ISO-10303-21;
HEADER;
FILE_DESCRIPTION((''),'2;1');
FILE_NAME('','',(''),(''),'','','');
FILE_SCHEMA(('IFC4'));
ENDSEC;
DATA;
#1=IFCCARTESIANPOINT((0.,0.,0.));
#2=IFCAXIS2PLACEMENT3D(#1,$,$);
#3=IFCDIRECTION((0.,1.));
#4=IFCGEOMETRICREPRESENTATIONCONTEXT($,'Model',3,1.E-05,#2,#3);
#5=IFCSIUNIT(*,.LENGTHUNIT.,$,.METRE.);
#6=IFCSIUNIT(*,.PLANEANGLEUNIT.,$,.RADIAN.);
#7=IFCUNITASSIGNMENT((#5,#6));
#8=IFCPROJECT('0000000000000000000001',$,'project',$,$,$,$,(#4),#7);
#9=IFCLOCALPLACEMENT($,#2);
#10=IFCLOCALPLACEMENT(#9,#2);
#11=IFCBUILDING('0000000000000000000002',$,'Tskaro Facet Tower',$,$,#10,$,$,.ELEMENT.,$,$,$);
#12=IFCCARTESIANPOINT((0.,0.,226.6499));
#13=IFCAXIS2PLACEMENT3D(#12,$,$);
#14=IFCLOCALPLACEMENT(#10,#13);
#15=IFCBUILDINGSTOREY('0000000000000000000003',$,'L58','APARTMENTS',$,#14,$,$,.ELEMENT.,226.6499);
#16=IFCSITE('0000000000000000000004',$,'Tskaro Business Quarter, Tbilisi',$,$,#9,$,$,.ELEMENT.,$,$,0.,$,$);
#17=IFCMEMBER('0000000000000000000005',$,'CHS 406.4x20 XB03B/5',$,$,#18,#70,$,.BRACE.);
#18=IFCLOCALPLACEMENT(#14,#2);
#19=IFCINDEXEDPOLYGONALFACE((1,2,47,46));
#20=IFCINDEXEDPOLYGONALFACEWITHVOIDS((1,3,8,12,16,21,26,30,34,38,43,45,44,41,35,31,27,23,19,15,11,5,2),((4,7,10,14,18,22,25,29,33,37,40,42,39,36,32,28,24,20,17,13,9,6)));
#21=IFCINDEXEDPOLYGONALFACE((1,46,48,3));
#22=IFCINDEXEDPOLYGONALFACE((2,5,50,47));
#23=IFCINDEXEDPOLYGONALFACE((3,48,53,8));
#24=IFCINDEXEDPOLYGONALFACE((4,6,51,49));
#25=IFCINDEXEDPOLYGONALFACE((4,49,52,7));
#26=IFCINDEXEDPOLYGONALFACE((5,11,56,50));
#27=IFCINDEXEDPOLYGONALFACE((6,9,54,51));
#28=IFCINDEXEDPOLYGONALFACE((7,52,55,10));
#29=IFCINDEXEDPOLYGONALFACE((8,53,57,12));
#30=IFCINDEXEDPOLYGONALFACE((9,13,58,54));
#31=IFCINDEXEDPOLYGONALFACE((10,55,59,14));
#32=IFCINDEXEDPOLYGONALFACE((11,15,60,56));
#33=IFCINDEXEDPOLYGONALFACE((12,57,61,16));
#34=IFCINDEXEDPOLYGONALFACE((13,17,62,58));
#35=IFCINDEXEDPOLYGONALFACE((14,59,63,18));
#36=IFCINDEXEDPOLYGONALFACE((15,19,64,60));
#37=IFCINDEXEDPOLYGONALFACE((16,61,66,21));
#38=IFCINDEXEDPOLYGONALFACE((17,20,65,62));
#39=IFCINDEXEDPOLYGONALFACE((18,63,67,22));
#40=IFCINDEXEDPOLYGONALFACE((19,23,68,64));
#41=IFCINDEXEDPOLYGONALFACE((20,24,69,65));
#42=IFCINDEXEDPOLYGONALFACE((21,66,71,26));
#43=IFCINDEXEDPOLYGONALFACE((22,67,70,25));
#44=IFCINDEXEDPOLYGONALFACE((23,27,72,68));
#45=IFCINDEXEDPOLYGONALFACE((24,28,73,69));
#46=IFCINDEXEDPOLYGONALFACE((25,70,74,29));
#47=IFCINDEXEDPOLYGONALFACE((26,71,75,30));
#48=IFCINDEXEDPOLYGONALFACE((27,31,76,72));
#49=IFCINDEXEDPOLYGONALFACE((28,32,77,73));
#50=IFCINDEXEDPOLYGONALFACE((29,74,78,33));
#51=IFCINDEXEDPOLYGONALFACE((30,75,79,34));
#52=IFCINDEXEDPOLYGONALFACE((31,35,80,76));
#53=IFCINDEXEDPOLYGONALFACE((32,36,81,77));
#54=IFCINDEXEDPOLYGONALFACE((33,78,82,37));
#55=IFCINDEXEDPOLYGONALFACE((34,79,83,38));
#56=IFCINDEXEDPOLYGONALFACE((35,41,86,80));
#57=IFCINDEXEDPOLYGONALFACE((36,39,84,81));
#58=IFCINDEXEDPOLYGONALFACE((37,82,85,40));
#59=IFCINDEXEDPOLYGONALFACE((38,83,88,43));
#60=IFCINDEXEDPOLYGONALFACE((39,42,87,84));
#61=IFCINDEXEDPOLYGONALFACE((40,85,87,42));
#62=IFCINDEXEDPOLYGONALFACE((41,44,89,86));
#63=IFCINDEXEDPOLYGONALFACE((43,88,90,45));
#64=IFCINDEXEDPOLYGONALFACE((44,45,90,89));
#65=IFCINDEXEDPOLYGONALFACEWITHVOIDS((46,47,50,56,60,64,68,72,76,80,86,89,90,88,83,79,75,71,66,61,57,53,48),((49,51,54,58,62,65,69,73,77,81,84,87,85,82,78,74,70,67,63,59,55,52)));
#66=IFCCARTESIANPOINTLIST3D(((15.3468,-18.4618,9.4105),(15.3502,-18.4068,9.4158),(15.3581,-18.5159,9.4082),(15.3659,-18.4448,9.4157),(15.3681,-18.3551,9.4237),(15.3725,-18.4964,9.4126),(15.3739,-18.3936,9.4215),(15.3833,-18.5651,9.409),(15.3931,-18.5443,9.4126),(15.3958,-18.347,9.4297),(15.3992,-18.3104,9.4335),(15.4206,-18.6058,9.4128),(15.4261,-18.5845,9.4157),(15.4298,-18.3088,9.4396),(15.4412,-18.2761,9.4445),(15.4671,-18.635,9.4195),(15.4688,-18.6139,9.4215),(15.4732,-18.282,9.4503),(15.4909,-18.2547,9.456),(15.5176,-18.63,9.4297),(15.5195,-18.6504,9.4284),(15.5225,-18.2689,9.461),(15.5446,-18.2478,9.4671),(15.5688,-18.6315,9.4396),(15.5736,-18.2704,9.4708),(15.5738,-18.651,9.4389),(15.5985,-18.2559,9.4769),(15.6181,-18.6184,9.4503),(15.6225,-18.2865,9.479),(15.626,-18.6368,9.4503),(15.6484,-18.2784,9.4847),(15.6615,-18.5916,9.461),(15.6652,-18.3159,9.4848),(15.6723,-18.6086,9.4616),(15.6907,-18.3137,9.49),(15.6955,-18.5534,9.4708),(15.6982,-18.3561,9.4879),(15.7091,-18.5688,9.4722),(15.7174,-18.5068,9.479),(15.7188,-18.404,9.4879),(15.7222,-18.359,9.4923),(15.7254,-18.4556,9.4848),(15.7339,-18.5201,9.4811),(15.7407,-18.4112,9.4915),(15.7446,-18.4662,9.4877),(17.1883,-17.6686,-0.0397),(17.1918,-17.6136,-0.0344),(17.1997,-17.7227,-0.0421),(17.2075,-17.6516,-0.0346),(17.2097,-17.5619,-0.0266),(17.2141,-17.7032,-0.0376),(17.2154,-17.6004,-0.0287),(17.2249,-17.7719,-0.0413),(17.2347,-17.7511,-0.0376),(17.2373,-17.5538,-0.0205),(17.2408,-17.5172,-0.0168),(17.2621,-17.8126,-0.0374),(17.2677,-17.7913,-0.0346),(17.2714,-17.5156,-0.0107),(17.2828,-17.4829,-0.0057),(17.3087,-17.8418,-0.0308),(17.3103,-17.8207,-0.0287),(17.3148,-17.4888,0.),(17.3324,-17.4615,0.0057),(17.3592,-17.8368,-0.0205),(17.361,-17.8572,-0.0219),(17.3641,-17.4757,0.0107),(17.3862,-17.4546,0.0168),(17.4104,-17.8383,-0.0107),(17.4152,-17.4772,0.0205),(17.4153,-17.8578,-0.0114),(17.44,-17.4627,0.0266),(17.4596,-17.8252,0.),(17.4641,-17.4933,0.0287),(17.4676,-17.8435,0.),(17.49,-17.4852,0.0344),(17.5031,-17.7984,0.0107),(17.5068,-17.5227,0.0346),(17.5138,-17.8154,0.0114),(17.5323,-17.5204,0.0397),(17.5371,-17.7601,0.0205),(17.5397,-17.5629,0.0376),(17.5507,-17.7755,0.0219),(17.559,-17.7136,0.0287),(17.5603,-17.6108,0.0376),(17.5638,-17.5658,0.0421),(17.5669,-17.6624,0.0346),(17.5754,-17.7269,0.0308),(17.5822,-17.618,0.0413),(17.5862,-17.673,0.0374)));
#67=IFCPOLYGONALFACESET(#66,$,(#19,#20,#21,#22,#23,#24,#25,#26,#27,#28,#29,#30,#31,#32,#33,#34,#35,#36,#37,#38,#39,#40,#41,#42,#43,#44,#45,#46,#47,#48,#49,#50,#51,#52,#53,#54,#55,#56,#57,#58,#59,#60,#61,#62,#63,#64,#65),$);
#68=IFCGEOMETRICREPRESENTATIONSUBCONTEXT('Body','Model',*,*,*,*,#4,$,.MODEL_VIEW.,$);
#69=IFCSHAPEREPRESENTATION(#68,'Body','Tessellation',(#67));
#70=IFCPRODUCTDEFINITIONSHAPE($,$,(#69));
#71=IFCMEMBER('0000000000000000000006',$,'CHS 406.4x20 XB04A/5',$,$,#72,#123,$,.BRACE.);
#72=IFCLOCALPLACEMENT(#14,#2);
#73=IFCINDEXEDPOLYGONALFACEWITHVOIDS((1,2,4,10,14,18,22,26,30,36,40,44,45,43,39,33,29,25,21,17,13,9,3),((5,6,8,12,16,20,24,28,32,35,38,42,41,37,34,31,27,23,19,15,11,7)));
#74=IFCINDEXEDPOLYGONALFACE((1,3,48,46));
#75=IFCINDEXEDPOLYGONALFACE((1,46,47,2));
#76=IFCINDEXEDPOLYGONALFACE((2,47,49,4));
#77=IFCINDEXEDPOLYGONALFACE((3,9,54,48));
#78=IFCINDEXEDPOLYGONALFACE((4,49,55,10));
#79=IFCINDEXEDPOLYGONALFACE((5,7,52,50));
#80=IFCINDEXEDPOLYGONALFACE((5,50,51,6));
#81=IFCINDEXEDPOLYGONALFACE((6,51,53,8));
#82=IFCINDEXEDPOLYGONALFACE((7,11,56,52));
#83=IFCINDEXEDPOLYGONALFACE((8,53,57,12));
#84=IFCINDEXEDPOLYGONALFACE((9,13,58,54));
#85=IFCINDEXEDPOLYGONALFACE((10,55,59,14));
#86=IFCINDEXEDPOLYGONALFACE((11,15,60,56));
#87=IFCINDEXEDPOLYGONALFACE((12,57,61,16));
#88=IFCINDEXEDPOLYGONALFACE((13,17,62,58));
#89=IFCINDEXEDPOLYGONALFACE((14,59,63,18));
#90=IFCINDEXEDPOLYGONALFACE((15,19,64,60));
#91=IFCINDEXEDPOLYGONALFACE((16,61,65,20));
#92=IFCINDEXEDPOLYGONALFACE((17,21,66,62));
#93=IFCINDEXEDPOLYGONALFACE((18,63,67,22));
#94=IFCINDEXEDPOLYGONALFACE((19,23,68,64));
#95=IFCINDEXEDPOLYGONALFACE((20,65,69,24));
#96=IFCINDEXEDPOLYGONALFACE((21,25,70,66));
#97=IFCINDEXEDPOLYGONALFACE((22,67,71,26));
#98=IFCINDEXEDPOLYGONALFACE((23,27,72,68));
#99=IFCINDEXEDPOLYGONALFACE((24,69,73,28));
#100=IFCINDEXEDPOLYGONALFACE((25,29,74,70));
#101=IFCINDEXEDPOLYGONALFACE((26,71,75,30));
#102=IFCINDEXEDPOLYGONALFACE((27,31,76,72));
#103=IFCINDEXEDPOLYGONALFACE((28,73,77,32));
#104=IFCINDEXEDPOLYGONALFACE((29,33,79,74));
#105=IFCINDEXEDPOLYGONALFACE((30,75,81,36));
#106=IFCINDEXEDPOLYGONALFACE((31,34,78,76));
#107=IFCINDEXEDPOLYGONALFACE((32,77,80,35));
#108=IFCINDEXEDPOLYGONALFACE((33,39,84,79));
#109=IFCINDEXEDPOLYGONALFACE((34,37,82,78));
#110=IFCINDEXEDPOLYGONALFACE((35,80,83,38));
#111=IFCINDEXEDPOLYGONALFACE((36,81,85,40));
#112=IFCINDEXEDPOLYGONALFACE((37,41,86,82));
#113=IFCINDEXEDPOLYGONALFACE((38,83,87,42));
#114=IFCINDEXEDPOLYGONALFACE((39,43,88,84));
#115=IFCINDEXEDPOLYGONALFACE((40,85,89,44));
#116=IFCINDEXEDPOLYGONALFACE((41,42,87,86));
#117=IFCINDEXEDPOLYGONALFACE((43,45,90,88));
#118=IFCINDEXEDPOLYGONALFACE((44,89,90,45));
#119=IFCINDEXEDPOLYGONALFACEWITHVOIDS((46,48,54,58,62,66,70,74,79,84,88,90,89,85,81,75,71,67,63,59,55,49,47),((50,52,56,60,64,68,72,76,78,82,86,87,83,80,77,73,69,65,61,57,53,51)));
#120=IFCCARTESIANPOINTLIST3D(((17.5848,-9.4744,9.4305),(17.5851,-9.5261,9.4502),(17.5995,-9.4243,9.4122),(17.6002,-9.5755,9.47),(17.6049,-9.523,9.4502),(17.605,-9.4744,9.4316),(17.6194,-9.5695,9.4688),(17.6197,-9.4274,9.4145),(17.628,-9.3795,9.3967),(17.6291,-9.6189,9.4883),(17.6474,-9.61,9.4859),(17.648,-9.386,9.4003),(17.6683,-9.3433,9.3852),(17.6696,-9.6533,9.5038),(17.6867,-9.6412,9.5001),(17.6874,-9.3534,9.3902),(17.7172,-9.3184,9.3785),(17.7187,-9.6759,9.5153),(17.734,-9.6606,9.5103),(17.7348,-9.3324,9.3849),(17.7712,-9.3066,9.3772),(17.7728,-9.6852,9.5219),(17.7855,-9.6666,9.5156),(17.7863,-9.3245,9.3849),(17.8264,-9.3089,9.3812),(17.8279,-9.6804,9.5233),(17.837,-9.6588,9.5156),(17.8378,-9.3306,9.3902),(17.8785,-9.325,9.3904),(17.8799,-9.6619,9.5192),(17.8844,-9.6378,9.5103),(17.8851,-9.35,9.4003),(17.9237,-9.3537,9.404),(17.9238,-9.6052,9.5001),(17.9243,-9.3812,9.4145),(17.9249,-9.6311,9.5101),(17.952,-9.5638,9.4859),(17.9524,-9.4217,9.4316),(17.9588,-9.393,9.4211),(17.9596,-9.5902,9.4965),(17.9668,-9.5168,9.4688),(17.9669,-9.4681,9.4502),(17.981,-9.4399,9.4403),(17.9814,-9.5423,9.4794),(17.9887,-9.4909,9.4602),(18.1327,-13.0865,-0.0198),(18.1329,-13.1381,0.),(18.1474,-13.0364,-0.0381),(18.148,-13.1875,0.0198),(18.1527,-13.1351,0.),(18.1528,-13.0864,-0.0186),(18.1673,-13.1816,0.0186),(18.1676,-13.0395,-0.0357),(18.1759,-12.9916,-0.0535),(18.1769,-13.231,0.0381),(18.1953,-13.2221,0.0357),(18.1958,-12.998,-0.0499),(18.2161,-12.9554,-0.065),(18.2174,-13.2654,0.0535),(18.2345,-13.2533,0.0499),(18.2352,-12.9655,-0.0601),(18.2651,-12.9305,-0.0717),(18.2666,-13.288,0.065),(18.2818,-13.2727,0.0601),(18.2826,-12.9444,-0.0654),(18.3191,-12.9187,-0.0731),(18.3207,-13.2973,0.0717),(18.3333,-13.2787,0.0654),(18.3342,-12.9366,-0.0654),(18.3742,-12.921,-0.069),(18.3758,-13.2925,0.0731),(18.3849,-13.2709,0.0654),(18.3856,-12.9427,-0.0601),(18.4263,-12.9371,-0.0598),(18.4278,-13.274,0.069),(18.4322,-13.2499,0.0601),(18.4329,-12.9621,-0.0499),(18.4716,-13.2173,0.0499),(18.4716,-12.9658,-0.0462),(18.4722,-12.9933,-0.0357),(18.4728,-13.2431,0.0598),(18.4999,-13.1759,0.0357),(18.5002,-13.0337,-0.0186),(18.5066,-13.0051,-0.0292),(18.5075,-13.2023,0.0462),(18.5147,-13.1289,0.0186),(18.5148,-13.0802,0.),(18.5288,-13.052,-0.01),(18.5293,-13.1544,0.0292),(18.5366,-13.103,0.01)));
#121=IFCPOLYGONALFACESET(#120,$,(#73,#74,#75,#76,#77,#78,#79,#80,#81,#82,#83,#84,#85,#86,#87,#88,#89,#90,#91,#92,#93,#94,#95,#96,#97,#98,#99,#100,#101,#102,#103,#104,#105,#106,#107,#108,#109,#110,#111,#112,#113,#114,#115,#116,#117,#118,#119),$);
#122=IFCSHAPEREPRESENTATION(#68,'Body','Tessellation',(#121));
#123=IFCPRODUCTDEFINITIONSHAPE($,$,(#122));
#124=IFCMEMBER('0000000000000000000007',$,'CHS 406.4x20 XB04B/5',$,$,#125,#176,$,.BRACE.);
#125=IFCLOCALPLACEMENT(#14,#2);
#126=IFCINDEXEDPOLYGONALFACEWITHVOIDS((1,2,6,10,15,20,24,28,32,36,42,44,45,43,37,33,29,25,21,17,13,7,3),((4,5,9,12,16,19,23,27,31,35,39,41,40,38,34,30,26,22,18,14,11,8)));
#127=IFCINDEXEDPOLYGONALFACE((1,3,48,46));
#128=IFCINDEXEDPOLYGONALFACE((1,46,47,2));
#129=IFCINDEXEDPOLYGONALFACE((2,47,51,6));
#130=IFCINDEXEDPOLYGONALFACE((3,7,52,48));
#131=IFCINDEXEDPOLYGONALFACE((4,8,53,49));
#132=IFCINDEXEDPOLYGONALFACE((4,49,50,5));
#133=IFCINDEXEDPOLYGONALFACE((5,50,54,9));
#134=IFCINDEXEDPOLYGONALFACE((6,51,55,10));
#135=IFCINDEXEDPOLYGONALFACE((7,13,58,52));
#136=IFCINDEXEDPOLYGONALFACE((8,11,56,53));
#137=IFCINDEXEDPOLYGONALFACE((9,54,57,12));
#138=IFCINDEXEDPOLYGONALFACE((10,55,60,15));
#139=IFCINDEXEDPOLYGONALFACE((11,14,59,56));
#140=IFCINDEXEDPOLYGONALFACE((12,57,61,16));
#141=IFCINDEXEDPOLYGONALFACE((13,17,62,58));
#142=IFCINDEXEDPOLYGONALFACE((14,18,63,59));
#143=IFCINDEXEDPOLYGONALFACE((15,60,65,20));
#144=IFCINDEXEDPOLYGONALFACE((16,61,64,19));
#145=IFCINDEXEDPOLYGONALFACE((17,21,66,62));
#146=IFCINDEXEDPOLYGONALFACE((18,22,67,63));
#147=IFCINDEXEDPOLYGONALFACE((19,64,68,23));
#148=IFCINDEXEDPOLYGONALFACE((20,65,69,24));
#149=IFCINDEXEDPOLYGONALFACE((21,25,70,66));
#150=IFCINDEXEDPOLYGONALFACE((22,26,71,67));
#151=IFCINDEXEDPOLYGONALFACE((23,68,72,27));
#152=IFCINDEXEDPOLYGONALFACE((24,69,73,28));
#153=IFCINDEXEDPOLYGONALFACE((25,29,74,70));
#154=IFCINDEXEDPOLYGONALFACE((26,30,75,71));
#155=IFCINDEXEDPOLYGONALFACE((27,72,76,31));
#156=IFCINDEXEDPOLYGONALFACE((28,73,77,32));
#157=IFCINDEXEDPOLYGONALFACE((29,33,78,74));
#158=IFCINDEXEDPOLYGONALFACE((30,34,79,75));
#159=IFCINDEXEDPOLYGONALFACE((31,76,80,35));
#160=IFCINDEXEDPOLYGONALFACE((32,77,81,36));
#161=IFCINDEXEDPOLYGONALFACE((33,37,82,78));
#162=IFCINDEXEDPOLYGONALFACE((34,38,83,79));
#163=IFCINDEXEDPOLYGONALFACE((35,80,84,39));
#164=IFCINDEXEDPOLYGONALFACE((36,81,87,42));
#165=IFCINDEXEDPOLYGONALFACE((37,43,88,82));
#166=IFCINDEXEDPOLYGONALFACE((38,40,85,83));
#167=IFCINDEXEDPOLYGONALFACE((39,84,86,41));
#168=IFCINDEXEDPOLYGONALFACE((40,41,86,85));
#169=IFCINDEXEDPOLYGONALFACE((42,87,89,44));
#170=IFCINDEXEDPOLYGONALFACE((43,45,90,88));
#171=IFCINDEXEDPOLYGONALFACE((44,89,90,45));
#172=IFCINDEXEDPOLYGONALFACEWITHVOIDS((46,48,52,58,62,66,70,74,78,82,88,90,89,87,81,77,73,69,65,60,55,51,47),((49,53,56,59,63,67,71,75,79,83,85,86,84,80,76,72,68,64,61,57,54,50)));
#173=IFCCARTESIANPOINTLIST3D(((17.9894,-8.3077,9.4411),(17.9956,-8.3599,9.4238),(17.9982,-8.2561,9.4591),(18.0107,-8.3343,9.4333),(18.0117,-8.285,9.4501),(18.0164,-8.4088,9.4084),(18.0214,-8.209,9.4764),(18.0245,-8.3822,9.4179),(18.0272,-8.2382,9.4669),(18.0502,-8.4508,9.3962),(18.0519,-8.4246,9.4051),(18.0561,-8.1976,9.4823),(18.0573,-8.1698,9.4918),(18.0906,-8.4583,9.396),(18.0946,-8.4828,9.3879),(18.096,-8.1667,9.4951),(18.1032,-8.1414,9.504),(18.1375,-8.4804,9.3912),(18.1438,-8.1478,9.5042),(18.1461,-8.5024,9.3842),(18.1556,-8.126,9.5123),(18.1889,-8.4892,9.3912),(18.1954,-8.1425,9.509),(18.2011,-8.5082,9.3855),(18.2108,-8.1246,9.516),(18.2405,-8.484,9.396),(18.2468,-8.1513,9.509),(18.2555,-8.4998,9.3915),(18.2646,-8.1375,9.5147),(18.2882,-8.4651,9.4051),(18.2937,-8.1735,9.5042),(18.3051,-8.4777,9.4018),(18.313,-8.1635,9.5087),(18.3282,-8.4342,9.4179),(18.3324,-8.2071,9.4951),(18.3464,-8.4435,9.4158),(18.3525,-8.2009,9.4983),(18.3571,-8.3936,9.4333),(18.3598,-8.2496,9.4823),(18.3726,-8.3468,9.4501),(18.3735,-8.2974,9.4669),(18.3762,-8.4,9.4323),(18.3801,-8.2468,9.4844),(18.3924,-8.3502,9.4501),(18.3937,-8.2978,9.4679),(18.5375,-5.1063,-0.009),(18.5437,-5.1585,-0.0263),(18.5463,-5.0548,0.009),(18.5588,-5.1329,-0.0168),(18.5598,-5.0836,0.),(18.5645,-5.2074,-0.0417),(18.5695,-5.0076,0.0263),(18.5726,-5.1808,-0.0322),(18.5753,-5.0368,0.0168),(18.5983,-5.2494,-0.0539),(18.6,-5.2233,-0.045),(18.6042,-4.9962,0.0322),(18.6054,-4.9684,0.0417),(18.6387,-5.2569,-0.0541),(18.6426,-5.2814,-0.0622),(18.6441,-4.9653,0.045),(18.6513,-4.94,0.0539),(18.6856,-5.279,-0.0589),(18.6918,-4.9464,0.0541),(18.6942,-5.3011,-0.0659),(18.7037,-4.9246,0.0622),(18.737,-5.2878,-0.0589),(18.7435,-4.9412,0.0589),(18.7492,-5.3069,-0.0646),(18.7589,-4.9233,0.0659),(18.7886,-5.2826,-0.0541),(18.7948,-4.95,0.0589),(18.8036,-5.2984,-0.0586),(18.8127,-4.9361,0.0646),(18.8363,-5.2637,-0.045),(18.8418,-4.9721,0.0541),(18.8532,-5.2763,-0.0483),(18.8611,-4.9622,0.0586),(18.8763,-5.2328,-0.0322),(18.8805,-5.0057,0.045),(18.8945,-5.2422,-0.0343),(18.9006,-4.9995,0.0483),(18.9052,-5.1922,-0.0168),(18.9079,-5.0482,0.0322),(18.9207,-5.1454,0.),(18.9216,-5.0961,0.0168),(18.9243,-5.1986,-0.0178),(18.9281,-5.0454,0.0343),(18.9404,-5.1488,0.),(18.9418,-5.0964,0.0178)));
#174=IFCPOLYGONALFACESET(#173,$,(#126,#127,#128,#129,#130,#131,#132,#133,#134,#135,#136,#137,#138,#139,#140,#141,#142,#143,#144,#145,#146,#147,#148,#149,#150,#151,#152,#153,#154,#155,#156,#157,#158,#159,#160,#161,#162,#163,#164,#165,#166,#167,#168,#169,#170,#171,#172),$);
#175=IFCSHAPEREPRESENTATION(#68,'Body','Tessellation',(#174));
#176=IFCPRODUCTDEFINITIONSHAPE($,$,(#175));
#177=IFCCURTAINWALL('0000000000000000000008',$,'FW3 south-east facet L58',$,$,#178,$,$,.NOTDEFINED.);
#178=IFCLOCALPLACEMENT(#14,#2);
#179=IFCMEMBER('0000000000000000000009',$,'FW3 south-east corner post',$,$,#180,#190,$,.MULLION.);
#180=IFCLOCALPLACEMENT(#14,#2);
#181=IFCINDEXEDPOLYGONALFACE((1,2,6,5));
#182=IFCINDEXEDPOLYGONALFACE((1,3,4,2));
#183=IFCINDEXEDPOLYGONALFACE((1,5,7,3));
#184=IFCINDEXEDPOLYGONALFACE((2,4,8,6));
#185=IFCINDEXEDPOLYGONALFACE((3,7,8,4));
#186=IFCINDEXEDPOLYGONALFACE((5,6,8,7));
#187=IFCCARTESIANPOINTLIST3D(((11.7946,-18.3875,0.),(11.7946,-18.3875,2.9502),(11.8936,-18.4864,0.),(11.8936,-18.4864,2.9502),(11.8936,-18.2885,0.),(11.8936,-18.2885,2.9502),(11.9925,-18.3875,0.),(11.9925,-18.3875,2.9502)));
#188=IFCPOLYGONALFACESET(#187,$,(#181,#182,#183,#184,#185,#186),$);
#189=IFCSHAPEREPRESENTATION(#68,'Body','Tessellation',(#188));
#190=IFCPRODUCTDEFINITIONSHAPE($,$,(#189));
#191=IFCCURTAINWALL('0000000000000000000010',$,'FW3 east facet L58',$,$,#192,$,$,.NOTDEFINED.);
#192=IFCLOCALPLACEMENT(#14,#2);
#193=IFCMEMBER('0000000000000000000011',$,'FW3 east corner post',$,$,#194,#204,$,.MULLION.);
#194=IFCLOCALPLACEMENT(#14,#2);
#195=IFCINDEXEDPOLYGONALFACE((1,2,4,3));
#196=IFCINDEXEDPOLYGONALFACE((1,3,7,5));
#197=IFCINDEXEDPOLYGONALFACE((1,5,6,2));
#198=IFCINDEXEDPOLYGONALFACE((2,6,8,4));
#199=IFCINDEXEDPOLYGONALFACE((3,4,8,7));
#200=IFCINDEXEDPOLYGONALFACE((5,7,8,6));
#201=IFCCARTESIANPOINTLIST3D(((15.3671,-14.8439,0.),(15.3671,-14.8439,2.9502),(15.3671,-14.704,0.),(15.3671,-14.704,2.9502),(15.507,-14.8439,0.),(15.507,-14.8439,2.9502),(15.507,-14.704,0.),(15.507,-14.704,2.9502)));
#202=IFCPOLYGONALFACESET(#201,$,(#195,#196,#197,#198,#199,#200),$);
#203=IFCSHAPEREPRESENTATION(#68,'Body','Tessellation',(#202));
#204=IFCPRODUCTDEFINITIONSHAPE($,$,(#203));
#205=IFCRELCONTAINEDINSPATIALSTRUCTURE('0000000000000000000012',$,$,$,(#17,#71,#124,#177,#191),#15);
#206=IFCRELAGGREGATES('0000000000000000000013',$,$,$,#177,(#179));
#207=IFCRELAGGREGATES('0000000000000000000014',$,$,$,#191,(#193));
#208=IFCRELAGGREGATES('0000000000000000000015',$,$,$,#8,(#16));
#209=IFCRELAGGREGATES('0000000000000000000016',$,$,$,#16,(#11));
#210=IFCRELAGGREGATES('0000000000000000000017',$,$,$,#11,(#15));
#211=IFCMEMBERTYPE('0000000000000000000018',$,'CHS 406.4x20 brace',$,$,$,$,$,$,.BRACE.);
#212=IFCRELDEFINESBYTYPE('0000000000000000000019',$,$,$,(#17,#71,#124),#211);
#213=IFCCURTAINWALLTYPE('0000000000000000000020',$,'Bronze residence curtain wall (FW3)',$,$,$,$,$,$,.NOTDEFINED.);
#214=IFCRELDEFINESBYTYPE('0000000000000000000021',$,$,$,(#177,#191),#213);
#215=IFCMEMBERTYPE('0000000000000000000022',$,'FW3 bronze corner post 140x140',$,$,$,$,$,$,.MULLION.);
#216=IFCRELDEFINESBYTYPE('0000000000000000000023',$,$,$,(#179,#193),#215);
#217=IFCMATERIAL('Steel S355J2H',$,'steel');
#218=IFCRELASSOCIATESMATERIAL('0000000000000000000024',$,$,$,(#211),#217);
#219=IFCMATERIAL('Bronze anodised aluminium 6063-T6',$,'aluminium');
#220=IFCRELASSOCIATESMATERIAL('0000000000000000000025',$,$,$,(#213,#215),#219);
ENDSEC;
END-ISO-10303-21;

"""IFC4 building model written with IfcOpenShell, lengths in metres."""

from ifc_helpers import new_model, si_unit, direction, frame, origin, origin_2d, place, context, subcontext, project, spatial, rectangle, hollow_circle, extrude, material, material_profile, profile_set, type_object, element, aggregate, save


model = new_model("IFC4")

# Units and contexts
model_context = context("Model", 3, precision=1e-05, world=origin(), true_north=direction((0.0, 1.0)))
body_context = subcontext(model_context, "Body", "Model", "MODEL_VIEW")
ifc_project = project(units=[si_unit("LENGTHUNIT", "METRE"), si_unit("PLANEANGLEUNIT", "RADIAN")], contexts=[model_context])

# Site, building, storey
site_placement = place(None, origin())
site = spatial("IfcSite", under=ifc_project, at=site_placement, Name="Tskaro Business Quarter, Tbilisi", CompositionType="ELEMENT", RefElevation=0.0)
building_placement = place(site_placement, origin())
building = spatial("IfcBuilding", under=site, at=building_placement, Name="Tskaro Facet Tower", CompositionType="ELEMENT")
storey_placement = place(building_placement, frame((0.0, 0.0, 226.6499)))
storey = spatial("IfcBuildingStorey", under=building, at=storey_placement, Name="L58", Description="APARTMENTS", CompositionType="ELEMENT", Elevation=226.6499)

# Shared definitions
ifc_material_1 = material(Name="Steel S355J2H", Category="steel")

# Members
ifc_material_profile_1 = material_profile(ifc_material_1, hollow_circle(Radius=0.2031, WallThickness=0.02, at=origin_2d()), Name="CHS 406.4x20")
ifc_profile_set_1 = profile_set([ifc_material_profile_1], Name="Steel S355J2H")
member_type_1 = type_object("IfcMemberType", Name="CHS 406.4x20 brace", PredefinedType="BRACE", material=ifc_profile_set_1)
for number, where, z_axis, x_axis, name in (
    (1, (17.3872, -17.657, 0.0), (-0.190626, -0.082108, 0.978223), (0.395594, -0.918426, 0.0), "CHS 406.4x20 XB03B/5"),
):
    element("IfcMember", number, at=place(storey_placement, frame(where, z_axis=z_axis, x_axis=x_axis)), inside=storey, type_object=member_type_1, Name=name, PredefinedType="BRACE", context=body_context, shape_type="SweptSolid", body=[
        extrude(hollow_circle(Radius=0.2031, WallThickness=0.02, at=origin_2d()), origin(), (0.0, 0.0, 1.0), 9.6606),
    ])
member_1_placement = place(storey_placement, frame((18.3337, -13.1077, 0.0), z_axis=(-0.054072, 0.356507, 0.932726), x_axis=(-0.988692, -0.149958, 0.0)))
element("IfcMember", 2, at=member_1_placement, inside=storey, type_object=member_type_1, Name="CHS 406.4x20 XB04A/5", PredefinedType="BRACE", context=body_context, shape_type="SweptSolid", body=[
    extrude(hollow_circle(Radius=0.2031, WallThickness=0.02, at=origin_2d()), origin(), (0.0, 0.0, 1.0), 10.1318),
])
member_2_placement = place(storey_placement, frame((18.7402, -5.1145, 0.0), z_axis=(-0.054849, -0.320373, 0.945702), x_axis=(0.985659, -0.168749, 0.0)))
element("IfcMember", 3, at=member_2_placement, inside=storey, type_object=member_type_1, Name="CHS 406.4x20 XB04B/5", PredefinedType="BRACE", context=body_context, shape_type="SweptSolid", body=[
    extrude(hollow_circle(Radius=0.2031, WallThickness=0.02, at=origin_2d()), origin(), (0.0, 0.0, 1.0), 9.9927),
])

# Curtain wall, member
ifc_material_2 = material(Name="Bronze anodised aluminium 6063-T6", Category="aluminium")
curtain_wall_type = type_object("IfcCurtainWallType", Name="Bronze residence curtain wall (FW3)", PredefinedType="NOTDEFINED", material=ifc_material_2)
curtain_wall_1_placement = place(storey_placement, origin())
curtain_wall_1 = element("IfcCurtainWall", 4, at=curtain_wall_1_placement, inside=storey, type_object=curtain_wall_type, Name="FW3 south-east facet L58", PredefinedType="NOTDEFINED")
ifc_material_profile_2 = material_profile(ifc_material_2, rectangle(XDim=0.1399, YDim=0.1399, at=origin_2d()), Name="Corner post 140x140")
ifc_profile_set_2 = profile_set([ifc_material_profile_2], Name="Bronze anodised aluminium 6063-T6")
member_type_2 = type_object("IfcMemberType", Name="FW3 bronze corner post 140x140", PredefinedType="MULLION", material=ifc_profile_set_2)
member_3_placement = place(storey_placement, frame((11.8936, -18.3875, 0.0), z_axis=(0.0, 0.0, 1.0), x_axis=(0.707107, 0.707107, 0.0)))
member_3 = element("IfcMember", 5, at=member_3_placement, type_object=member_type_2, Name="FW3 south-east corner post", PredefinedType="MULLION", context=body_context, shape_type="SweptSolid", body=[
    extrude(rectangle(XDim=0.1399, YDim=0.1399, at=origin_2d()), origin(), (0.0, 0.0, 1.0), 2.9502),
])

# Curtain wall, member
curtain_wall_2_placement = place(storey_placement, origin())
curtain_wall_2 = element("IfcCurtainWall", 6, at=curtain_wall_2_placement, inside=storey, type_object=curtain_wall_type, Name="FW3 east facet L58", PredefinedType="NOTDEFINED")
member_4_placement = place(storey_placement, frame((15.437, -14.7739, 0.0), z_axis=(0.0, 0.0, 1.0), x_axis=(0.0, 1.0, 0.0)))
member_4 = element("IfcMember", 7, at=member_4_placement, type_object=member_type_2, Name="FW3 east corner post", PredefinedType="MULLION", context=body_context, shape_type="SweptSolid", body=[
    extrude(rectangle(XDim=0.1399, YDim=0.1399, at=origin_2d()), origin(), (0.0, 0.0, 1.0), 2.9502),
])

aggregate(curtain_wall_1, [member_3])
aggregate(curtain_wall_2, [member_4])

save(model, "model.ifc")
